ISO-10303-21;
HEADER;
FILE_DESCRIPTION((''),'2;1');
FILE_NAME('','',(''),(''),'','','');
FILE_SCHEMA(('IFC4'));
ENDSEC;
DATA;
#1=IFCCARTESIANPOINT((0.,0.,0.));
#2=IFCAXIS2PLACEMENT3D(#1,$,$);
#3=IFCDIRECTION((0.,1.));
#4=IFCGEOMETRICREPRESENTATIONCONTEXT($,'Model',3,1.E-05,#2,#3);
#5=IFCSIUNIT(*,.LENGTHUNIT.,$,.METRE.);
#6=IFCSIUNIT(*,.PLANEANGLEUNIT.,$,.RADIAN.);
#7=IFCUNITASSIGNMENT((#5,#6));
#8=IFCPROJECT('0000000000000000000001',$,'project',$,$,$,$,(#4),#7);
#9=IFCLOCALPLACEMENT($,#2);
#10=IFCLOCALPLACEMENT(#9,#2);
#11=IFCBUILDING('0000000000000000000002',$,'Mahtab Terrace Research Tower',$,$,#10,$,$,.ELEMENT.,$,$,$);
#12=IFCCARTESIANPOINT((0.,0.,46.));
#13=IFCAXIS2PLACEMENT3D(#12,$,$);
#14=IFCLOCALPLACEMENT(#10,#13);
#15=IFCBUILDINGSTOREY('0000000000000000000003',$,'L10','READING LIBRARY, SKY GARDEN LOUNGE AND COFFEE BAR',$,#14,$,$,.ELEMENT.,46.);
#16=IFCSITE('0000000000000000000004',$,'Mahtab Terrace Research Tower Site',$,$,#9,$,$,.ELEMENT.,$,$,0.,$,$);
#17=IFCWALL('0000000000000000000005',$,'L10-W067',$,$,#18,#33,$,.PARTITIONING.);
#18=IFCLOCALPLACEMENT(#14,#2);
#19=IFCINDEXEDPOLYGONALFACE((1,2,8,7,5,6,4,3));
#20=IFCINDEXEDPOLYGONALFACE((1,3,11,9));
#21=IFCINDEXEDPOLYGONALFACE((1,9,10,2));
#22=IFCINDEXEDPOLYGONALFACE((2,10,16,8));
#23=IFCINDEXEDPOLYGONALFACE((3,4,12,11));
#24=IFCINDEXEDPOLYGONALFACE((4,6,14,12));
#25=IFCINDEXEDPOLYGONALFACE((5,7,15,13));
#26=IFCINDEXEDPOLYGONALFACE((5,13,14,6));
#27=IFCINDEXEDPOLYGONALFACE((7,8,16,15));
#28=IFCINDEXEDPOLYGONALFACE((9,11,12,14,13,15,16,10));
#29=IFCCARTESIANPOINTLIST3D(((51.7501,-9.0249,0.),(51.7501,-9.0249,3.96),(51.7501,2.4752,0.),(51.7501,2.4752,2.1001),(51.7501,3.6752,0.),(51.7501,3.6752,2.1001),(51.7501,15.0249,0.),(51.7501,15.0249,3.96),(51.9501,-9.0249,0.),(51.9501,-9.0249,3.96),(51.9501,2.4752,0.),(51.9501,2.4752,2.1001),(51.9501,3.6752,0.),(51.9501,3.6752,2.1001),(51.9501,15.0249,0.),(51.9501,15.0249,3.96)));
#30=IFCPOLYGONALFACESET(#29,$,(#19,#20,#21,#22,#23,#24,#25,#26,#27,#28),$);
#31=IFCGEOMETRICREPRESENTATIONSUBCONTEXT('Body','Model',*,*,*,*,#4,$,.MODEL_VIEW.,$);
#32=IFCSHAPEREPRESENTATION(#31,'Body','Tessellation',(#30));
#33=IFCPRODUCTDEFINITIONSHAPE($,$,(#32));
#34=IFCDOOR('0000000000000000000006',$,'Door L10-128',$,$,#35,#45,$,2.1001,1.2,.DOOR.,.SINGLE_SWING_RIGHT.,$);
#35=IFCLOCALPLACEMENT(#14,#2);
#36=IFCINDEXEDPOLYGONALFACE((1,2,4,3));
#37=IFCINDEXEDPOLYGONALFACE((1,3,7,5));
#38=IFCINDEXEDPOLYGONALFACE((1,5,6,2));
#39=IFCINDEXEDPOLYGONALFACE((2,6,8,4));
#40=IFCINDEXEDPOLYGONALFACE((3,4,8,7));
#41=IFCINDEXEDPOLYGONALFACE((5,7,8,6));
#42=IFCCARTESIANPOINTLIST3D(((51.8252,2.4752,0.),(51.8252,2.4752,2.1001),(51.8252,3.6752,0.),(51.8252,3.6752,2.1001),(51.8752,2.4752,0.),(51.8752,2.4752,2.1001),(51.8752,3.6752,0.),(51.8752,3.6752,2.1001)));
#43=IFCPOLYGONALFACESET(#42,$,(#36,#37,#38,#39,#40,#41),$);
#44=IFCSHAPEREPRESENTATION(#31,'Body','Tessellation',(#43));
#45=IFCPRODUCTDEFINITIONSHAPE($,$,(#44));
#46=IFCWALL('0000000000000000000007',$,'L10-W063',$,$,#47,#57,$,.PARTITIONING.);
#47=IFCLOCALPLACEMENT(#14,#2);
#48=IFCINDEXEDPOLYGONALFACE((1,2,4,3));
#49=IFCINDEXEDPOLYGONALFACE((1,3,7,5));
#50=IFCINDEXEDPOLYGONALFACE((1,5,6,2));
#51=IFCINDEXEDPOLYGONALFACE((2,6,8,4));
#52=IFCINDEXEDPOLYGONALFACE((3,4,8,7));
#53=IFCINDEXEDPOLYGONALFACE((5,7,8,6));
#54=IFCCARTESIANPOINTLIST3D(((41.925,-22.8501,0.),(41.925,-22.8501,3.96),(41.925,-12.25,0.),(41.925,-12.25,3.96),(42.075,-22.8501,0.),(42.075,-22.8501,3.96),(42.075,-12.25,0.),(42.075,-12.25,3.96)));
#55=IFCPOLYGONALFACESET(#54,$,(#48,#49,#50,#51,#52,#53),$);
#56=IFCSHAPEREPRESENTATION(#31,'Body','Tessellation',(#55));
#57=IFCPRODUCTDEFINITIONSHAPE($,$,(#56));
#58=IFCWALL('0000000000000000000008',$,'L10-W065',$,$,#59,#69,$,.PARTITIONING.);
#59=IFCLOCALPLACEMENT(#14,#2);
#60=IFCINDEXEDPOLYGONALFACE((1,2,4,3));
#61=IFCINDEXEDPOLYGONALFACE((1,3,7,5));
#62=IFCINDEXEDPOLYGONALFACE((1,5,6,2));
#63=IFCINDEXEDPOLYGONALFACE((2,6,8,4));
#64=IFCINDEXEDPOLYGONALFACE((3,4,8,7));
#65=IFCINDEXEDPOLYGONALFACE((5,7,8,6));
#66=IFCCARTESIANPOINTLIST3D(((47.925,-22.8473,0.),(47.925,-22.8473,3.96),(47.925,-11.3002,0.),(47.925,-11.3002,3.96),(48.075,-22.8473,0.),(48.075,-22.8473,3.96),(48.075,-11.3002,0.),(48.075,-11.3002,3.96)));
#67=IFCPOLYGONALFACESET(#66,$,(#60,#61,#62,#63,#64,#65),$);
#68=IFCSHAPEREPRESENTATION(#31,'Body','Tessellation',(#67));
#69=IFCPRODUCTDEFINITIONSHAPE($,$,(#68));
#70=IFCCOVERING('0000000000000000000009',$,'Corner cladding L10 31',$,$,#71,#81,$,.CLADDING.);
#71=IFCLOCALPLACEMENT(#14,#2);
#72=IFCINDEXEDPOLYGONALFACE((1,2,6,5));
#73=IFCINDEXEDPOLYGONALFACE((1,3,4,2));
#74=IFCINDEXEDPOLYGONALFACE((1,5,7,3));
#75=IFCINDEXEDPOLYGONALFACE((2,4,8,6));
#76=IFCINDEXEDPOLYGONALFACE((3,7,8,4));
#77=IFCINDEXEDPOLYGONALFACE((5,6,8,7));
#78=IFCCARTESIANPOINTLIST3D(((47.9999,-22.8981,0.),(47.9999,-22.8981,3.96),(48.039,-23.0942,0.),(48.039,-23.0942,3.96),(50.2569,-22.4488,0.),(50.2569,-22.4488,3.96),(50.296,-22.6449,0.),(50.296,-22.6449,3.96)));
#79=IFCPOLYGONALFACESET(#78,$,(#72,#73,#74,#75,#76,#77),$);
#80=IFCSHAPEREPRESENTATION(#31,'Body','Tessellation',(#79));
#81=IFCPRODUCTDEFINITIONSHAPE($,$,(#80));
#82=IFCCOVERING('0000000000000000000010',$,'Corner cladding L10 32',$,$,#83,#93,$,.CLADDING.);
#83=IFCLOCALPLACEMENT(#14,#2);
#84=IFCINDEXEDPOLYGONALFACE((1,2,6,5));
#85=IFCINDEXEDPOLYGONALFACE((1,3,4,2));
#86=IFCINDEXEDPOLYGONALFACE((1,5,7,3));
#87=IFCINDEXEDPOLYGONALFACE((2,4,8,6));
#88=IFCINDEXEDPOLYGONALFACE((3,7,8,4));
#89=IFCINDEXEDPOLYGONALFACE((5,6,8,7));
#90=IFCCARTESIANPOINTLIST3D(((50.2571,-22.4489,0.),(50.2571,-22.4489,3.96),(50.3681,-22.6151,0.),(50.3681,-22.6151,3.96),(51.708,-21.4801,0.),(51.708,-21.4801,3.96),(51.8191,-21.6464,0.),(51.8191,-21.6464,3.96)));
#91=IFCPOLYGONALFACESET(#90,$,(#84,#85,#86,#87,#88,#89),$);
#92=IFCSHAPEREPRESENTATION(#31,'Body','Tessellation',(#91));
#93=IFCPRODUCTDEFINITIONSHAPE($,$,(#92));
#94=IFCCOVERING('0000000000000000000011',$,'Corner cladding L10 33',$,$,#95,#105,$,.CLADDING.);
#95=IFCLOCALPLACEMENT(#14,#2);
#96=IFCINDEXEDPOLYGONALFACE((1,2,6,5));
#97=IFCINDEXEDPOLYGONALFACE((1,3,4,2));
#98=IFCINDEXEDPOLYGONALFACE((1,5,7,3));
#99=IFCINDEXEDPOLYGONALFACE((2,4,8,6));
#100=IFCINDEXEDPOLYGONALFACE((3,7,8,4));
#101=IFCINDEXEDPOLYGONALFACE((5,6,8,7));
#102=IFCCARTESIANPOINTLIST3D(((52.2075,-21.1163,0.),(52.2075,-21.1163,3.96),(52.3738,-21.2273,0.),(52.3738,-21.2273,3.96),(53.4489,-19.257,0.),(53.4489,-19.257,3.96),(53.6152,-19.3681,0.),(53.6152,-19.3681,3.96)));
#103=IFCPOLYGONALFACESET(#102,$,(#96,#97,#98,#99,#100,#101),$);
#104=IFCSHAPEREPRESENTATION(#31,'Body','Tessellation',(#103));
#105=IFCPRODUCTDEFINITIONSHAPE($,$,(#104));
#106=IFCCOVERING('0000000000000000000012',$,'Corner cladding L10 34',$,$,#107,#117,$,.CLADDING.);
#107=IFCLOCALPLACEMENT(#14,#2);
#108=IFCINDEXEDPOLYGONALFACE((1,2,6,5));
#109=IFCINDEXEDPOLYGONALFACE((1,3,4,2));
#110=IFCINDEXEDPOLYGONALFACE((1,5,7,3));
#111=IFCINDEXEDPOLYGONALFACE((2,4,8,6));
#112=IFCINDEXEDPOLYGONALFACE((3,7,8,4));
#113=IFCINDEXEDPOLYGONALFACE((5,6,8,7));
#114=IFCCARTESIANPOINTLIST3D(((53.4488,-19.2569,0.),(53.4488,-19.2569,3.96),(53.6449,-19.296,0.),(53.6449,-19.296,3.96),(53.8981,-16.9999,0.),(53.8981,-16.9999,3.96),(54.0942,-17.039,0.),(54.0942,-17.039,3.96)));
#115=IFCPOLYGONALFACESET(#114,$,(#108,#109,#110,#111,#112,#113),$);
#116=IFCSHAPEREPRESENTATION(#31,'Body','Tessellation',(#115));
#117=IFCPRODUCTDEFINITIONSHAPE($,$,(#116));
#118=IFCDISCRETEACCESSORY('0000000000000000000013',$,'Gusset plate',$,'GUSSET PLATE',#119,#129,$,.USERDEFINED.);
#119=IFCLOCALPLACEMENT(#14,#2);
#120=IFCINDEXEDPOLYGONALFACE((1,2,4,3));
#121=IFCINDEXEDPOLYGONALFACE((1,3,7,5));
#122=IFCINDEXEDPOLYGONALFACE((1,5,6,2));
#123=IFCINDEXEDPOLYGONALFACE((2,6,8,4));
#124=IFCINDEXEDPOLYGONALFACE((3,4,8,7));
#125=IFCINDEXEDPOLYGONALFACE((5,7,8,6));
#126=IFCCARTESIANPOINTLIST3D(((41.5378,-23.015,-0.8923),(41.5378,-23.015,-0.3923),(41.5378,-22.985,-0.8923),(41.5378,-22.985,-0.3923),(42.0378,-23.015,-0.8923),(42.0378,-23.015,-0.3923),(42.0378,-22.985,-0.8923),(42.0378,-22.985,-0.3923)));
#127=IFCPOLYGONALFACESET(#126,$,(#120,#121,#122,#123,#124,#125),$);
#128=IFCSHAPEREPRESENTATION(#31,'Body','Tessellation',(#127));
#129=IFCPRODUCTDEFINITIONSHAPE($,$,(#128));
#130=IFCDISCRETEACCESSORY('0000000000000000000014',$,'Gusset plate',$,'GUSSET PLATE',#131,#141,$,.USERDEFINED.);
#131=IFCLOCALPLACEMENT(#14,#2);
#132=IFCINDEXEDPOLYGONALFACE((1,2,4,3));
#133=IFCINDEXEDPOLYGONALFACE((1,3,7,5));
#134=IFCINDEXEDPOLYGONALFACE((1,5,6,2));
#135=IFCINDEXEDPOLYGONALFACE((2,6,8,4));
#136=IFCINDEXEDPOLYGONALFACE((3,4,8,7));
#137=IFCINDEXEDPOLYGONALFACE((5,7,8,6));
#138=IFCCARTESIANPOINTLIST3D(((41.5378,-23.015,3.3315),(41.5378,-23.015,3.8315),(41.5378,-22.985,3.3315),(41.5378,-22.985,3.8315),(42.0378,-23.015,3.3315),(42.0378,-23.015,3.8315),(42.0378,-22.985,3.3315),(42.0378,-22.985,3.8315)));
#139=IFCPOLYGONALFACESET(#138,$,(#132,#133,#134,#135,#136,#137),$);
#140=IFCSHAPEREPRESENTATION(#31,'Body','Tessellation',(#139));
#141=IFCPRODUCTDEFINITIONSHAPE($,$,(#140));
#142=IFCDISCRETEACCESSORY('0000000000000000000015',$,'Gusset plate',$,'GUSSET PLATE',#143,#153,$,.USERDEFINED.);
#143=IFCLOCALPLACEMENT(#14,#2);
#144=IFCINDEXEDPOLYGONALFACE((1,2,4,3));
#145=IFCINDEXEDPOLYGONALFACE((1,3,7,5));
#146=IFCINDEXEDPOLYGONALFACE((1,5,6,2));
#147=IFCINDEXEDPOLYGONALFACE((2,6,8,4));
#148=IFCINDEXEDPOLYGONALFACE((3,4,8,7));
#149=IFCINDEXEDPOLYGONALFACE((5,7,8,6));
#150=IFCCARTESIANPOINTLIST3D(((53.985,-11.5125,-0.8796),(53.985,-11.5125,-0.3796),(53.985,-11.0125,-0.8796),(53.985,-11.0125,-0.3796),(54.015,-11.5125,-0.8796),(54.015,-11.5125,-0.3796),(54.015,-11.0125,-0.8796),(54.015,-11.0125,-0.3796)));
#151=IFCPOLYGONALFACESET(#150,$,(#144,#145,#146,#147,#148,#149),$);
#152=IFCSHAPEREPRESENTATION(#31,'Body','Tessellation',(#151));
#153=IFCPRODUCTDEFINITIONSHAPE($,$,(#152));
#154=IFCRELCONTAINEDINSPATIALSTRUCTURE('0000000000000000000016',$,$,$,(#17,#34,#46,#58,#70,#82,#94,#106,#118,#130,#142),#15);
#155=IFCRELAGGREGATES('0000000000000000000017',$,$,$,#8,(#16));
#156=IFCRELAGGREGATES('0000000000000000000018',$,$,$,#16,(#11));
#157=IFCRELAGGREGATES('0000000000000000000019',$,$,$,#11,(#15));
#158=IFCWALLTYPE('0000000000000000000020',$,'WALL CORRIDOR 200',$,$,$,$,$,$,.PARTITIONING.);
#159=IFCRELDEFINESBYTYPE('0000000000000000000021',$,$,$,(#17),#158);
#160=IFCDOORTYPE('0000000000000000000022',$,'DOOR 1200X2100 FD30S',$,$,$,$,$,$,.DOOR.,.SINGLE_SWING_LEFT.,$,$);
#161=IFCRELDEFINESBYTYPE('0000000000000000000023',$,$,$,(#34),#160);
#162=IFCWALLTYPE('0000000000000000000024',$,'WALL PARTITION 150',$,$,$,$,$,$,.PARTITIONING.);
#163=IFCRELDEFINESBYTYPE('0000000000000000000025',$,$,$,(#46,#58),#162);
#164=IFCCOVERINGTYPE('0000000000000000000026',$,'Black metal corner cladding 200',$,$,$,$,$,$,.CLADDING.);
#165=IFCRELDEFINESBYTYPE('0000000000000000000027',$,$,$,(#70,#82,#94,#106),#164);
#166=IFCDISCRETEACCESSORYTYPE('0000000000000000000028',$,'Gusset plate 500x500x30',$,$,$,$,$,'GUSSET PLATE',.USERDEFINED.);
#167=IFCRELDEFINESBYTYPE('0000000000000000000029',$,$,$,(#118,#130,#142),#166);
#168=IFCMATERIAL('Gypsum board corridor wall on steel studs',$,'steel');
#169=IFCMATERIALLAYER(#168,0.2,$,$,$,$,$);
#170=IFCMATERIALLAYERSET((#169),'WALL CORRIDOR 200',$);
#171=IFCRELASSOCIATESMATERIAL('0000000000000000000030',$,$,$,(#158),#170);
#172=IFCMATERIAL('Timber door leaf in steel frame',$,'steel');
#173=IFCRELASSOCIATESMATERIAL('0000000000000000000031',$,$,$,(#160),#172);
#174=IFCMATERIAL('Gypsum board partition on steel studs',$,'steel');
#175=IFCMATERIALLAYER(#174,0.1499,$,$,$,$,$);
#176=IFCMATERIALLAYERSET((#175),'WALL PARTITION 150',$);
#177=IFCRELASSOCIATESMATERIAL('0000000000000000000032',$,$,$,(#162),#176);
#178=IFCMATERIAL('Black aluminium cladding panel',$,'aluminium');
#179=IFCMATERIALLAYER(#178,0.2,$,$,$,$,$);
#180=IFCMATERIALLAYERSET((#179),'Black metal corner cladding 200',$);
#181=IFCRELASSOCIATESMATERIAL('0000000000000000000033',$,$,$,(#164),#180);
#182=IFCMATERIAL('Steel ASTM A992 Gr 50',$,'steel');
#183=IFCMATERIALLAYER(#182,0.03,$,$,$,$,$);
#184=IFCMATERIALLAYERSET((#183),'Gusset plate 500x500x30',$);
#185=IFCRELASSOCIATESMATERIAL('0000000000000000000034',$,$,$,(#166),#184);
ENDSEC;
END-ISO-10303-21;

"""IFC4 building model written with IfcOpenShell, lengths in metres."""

from ifc_helpers import new_model, si_unit, direction, frame, frame_2d, origin, origin_2d, place, context, subcontext, project, spatial, rectangle, extrude, material, layer, layer_set, type_object, element, fill, save


model = new_model("IFC4")

# Units and contexts
model_context = context("Model", 3, precision=1e-05, world=origin(), true_north=direction((0.0, 1.0)))
body_context = subcontext(model_context, "Body", "Model", "MODEL_VIEW")
ifc_project = project(units=[si_unit("LENGTHUNIT", "METRE"), si_unit("PLANEANGLEUNIT", "RADIAN")], contexts=[model_context])

# Site, building, storey
site_placement = place(None, origin())
site = spatial("IfcSite", under=ifc_project, at=site_placement, Name="Mahtab Terrace Research Tower Site", CompositionType="ELEMENT", RefElevation=0.0)
building_placement = place(site_placement, origin())
building = spatial("IfcBuilding", under=site, at=building_placement, Name="Mahtab Terrace Research Tower", CompositionType="ELEMENT")
storey_placement = place(building_placement, frame((0.0, 0.0, 46.0)))
storey = spatial("IfcBuildingStorey", under=building, at=storey_placement, Name="L10", Description="READING LIBRARY, SKY GARDEN LOUNGE AND COFFEE BAR", CompositionType="ELEMENT", Elevation=46.0)

# Shared definitions
ifc_material_1 = material(Name="Steel ASTM A992 Gr 50", Category="steel")

# Shared definitions
ifc_material_2 = material(Name="Black aluminium cladding panel", Category="aluminium")

# Shared definitions
ifc_material_3 = material(Name="Gypsum board corridor wall on steel studs", Category="steel")
ifc_layer_1 = layer(ifc_material_3, 0.2)
ifc_layer_set_1 = layer_set([ifc_layer_1], Name="WALL CORRIDOR 200")
wall_type_1 = type_object("IfcWallType", Name="WALL CORRIDOR 200", PredefinedType="PARTITIONING", material=ifc_layer_set_1)
ifc_material_4 = material(Name="Timber door leaf in steel frame", Category="steel")
door_type_1 = type_object("IfcDoorType", Name="DOOR 1200X2100 FD30S", OperationType="SINGLE_SWING_LEFT", PredefinedType="DOOR", material=ifc_material_4)

# Wall, opening, door
wall_1_placement = place(storey_placement, frame((51.8501, -9.0249, 0.0), z_axis=(0.0, 0.0, 1.0), x_axis=(0.0, 1.0, 0.0)))
wall_1 = element("IfcWall", 1, at=wall_1_placement, inside=storey, type_object=wall_type_1, Name="L10-W067", PredefinedType="PARTITIONING", context=body_context, shape_type="SweptSolid", body=[
    extrude(rectangle(XDim=24.0498, YDim=0.2, at=frame_2d((12.0249, 0.0))), origin(), (0.0, 0.0, 1.0), 3.96),
])
opening_1_placement = place(wall_1_placement, frame((11.5, 0.0, 0.0)))
opening_1 = element("IfcOpeningElement", 2, at=opening_1_placement, cuts=wall_1, PredefinedType="OPENING", context=body_context, shape_type="SweptSolid", body=[
    extrude(rectangle(XDim=1.2, YDim=2.1001, at=frame_2d((0.6001, 1.05))), frame((0.0, 0.1099, 0.0), z_axis=(0.0, -1.0, 0.0), x_axis=(1.0, 0.0, 0.0)), (0.0, 0.0, 1.0), 0.22),
])
door_1_placement = place(opening_1_placement, origin())
door_1 = element("IfcDoor", 3, at=door_1_placement, inside=storey, type_object=door_type_1, Name="Door L10-128", OperationType="SINGLE_SWING_RIGHT", OverallHeight=2.1001, OverallWidth=1.2, PredefinedType="DOOR", context=body_context, shape_type="SweptSolid", body=[
    extrude(rectangle(XDim=1.2, YDim=2.1001, at=frame_2d((0.6001, 1.05))), frame((0.0, 0.0249, 0.0), z_axis=(0.0, -1.0, 0.0), x_axis=(1.0, 0.0, 0.0)), (0.0, 0.0, 1.0), 0.05),
])
fill(opening_1, door_1)

# Walls
ifc_material_5 = material(Name="Gypsum board partition on steel studs", Category="steel")
ifc_layer_2 = layer(ifc_material_5, 0.1499)
ifc_layer_set_2 = layer_set([ifc_layer_2], Name="WALL PARTITION 150")
wall_type_2 = type_object("IfcWallType", Name="WALL PARTITION 150", PredefinedType="PARTITIONING", material=ifc_layer_set_2)
wall_2_placement = place(storey_placement, frame((42.0, -22.8501, 0.0), z_axis=(0.0, 0.0, 1.0), x_axis=(0.0, 1.0, 0.0)))
element("IfcWall", 4, at=wall_2_placement, inside=storey, type_object=wall_type_2, Name="L10-W063", PredefinedType="PARTITIONING", context=body_context, shape_type="SweptSolid", body=[
    extrude(rectangle(XDim=10.6001, YDim=0.1499, at=frame_2d((5.3, 0.0))), origin(), (0.0, 0.0, 1.0), 3.96),
])
wall_3_placement = place(storey_placement, frame((48.0, -22.8472, 0.0), z_axis=(0.0, 0.0, 1.0), x_axis=(0.0, 1.0, 0.0)))
element("IfcWall", 5, at=wall_3_placement, inside=storey, type_object=wall_type_2, Name="L10-W065", PredefinedType="PARTITIONING", context=body_context, shape_type="SweptSolid", body=[
    extrude(rectangle(XDim=11.5471, YDim=0.1499, at=frame_2d((5.7734, 0.0))), origin(), (0.0, 0.0, 1.0), 3.96),
])

# Coverings
ifc_layer_3 = layer(ifc_material_2, 0.2)
ifc_layer_set_3 = layer_set([ifc_layer_3], Name="Black metal corner cladding 200")
covering_type = type_object("IfcCoveringType", Name="Black metal corner cladding 200", PredefinedType="CLADDING", material=ifc_layer_set_3)
covering_1_placement = place(storey_placement, frame((49.1479, -22.7715, 0.0), z_axis=(0.0, 0.0, 1.0), x_axis=(0.980761, 0.195212, 0.0)))
element("IfcCovering", 6, at=covering_1_placement, inside=storey, type_object=covering_type, Name="Corner cladding L10 31", PredefinedType="CLADDING", context=body_context, shape_type="SweptSolid", body=[
    extrude(rectangle(XDim=2.3013, YDim=0.2, at=origin_2d()), origin(), (0.0, 0.0, 1.0), 3.96),
])
covering_2_placement = place(storey_placement, frame((51.0381, -22.0476, 0.0), z_axis=(0.0, 0.0, 1.0), x_axis=(0.831656, 0.555291, 0.0)))
element("IfcCovering", 7, at=covering_2_placement, inside=storey, type_object=covering_type, Name="Corner cladding L10 32", PredefinedType="CLADDING", context=body_context, shape_type="SweptSolid", body=[
    extrude(rectangle(XDim=1.7446, YDim=0.2, at=origin_2d()), origin(), (0.0, 0.0, 1.0), 3.96),
])
covering_3_placement = place(storey_placement, frame((52.9114, -20.2422, 0.0), z_axis=(0.0, 0.0, 1.0), x_axis=(0.555291, 0.831656, 0.0)))
element("IfcCovering", 8, at=covering_3_placement, inside=storey, type_object=covering_type, Name="Corner cladding L10 33", PredefinedType="CLADDING", context=body_context, shape_type="SweptSolid", body=[
    extrude(rectangle(XDim=2.2356, YDim=0.2, at=origin_2d()), origin(), (0.0, 0.0, 1.0), 3.96),
])
covering_4_placement = place(storey_placement, frame((53.7715, -18.1479, 0.0), z_axis=(0.0, 0.0, 1.0), x_axis=(0.195212, 0.980761, 0.0)))
element("IfcCovering", 9, at=covering_4_placement, inside=storey, type_object=covering_type, Name="Corner cladding L10 34", PredefinedType="CLADDING", context=body_context, shape_type="SweptSolid", body=[
    extrude(rectangle(XDim=2.3013, YDim=0.2, at=origin_2d()), origin(), (0.0, 0.0, 1.0), 3.96),
])

# Discrete accessories
ifc_layer_4 = layer(ifc_material_1, 0.03)
ifc_layer_set_4 = layer_set([ifc_layer_4], Name="Gusset plate 500x500x30")
discrete_accessory_type = type_object("IfcDiscreteAccessoryType", Name="Gusset plate 500x500x30", ElementType="GUSSET PLATE", PredefinedType="USERDEFINED", material=ifc_layer_set_4)
for number, where, z_axis, x_axis, name in (
    (10, (41.7878, -23.0, -0.8923), (0.0, 0.0, 1.0), (1.0, 0.0, 0.0), "Gusset plate"),
    (11, (41.7878, -23.0, 3.3315), (0.0, 0.0, 1.0), (1.0, 0.0, 0.0), "Gusset plate"),
    (12, (54.0, -11.2625, -0.8796), (0.0, 0.0, 1.0), (0.0, 1.0, 0.0), "Gusset plate"),
):
    element("IfcDiscreteAccessory", number, at=place(storey_placement, frame(where, z_axis=z_axis, x_axis=x_axis)), inside=storey, type_object=discrete_accessory_type, Name=name, ObjectType="GUSSET PLATE", PredefinedType="USERDEFINED", context=body_context, shape_type="SweptSolid", body=[
        extrude(rectangle(XDim=0.5, YDim=0.03, at=origin_2d()), origin(), (0.0, 0.0, 1.0), 0.5),
    ])

save(model, "model.ifc")
